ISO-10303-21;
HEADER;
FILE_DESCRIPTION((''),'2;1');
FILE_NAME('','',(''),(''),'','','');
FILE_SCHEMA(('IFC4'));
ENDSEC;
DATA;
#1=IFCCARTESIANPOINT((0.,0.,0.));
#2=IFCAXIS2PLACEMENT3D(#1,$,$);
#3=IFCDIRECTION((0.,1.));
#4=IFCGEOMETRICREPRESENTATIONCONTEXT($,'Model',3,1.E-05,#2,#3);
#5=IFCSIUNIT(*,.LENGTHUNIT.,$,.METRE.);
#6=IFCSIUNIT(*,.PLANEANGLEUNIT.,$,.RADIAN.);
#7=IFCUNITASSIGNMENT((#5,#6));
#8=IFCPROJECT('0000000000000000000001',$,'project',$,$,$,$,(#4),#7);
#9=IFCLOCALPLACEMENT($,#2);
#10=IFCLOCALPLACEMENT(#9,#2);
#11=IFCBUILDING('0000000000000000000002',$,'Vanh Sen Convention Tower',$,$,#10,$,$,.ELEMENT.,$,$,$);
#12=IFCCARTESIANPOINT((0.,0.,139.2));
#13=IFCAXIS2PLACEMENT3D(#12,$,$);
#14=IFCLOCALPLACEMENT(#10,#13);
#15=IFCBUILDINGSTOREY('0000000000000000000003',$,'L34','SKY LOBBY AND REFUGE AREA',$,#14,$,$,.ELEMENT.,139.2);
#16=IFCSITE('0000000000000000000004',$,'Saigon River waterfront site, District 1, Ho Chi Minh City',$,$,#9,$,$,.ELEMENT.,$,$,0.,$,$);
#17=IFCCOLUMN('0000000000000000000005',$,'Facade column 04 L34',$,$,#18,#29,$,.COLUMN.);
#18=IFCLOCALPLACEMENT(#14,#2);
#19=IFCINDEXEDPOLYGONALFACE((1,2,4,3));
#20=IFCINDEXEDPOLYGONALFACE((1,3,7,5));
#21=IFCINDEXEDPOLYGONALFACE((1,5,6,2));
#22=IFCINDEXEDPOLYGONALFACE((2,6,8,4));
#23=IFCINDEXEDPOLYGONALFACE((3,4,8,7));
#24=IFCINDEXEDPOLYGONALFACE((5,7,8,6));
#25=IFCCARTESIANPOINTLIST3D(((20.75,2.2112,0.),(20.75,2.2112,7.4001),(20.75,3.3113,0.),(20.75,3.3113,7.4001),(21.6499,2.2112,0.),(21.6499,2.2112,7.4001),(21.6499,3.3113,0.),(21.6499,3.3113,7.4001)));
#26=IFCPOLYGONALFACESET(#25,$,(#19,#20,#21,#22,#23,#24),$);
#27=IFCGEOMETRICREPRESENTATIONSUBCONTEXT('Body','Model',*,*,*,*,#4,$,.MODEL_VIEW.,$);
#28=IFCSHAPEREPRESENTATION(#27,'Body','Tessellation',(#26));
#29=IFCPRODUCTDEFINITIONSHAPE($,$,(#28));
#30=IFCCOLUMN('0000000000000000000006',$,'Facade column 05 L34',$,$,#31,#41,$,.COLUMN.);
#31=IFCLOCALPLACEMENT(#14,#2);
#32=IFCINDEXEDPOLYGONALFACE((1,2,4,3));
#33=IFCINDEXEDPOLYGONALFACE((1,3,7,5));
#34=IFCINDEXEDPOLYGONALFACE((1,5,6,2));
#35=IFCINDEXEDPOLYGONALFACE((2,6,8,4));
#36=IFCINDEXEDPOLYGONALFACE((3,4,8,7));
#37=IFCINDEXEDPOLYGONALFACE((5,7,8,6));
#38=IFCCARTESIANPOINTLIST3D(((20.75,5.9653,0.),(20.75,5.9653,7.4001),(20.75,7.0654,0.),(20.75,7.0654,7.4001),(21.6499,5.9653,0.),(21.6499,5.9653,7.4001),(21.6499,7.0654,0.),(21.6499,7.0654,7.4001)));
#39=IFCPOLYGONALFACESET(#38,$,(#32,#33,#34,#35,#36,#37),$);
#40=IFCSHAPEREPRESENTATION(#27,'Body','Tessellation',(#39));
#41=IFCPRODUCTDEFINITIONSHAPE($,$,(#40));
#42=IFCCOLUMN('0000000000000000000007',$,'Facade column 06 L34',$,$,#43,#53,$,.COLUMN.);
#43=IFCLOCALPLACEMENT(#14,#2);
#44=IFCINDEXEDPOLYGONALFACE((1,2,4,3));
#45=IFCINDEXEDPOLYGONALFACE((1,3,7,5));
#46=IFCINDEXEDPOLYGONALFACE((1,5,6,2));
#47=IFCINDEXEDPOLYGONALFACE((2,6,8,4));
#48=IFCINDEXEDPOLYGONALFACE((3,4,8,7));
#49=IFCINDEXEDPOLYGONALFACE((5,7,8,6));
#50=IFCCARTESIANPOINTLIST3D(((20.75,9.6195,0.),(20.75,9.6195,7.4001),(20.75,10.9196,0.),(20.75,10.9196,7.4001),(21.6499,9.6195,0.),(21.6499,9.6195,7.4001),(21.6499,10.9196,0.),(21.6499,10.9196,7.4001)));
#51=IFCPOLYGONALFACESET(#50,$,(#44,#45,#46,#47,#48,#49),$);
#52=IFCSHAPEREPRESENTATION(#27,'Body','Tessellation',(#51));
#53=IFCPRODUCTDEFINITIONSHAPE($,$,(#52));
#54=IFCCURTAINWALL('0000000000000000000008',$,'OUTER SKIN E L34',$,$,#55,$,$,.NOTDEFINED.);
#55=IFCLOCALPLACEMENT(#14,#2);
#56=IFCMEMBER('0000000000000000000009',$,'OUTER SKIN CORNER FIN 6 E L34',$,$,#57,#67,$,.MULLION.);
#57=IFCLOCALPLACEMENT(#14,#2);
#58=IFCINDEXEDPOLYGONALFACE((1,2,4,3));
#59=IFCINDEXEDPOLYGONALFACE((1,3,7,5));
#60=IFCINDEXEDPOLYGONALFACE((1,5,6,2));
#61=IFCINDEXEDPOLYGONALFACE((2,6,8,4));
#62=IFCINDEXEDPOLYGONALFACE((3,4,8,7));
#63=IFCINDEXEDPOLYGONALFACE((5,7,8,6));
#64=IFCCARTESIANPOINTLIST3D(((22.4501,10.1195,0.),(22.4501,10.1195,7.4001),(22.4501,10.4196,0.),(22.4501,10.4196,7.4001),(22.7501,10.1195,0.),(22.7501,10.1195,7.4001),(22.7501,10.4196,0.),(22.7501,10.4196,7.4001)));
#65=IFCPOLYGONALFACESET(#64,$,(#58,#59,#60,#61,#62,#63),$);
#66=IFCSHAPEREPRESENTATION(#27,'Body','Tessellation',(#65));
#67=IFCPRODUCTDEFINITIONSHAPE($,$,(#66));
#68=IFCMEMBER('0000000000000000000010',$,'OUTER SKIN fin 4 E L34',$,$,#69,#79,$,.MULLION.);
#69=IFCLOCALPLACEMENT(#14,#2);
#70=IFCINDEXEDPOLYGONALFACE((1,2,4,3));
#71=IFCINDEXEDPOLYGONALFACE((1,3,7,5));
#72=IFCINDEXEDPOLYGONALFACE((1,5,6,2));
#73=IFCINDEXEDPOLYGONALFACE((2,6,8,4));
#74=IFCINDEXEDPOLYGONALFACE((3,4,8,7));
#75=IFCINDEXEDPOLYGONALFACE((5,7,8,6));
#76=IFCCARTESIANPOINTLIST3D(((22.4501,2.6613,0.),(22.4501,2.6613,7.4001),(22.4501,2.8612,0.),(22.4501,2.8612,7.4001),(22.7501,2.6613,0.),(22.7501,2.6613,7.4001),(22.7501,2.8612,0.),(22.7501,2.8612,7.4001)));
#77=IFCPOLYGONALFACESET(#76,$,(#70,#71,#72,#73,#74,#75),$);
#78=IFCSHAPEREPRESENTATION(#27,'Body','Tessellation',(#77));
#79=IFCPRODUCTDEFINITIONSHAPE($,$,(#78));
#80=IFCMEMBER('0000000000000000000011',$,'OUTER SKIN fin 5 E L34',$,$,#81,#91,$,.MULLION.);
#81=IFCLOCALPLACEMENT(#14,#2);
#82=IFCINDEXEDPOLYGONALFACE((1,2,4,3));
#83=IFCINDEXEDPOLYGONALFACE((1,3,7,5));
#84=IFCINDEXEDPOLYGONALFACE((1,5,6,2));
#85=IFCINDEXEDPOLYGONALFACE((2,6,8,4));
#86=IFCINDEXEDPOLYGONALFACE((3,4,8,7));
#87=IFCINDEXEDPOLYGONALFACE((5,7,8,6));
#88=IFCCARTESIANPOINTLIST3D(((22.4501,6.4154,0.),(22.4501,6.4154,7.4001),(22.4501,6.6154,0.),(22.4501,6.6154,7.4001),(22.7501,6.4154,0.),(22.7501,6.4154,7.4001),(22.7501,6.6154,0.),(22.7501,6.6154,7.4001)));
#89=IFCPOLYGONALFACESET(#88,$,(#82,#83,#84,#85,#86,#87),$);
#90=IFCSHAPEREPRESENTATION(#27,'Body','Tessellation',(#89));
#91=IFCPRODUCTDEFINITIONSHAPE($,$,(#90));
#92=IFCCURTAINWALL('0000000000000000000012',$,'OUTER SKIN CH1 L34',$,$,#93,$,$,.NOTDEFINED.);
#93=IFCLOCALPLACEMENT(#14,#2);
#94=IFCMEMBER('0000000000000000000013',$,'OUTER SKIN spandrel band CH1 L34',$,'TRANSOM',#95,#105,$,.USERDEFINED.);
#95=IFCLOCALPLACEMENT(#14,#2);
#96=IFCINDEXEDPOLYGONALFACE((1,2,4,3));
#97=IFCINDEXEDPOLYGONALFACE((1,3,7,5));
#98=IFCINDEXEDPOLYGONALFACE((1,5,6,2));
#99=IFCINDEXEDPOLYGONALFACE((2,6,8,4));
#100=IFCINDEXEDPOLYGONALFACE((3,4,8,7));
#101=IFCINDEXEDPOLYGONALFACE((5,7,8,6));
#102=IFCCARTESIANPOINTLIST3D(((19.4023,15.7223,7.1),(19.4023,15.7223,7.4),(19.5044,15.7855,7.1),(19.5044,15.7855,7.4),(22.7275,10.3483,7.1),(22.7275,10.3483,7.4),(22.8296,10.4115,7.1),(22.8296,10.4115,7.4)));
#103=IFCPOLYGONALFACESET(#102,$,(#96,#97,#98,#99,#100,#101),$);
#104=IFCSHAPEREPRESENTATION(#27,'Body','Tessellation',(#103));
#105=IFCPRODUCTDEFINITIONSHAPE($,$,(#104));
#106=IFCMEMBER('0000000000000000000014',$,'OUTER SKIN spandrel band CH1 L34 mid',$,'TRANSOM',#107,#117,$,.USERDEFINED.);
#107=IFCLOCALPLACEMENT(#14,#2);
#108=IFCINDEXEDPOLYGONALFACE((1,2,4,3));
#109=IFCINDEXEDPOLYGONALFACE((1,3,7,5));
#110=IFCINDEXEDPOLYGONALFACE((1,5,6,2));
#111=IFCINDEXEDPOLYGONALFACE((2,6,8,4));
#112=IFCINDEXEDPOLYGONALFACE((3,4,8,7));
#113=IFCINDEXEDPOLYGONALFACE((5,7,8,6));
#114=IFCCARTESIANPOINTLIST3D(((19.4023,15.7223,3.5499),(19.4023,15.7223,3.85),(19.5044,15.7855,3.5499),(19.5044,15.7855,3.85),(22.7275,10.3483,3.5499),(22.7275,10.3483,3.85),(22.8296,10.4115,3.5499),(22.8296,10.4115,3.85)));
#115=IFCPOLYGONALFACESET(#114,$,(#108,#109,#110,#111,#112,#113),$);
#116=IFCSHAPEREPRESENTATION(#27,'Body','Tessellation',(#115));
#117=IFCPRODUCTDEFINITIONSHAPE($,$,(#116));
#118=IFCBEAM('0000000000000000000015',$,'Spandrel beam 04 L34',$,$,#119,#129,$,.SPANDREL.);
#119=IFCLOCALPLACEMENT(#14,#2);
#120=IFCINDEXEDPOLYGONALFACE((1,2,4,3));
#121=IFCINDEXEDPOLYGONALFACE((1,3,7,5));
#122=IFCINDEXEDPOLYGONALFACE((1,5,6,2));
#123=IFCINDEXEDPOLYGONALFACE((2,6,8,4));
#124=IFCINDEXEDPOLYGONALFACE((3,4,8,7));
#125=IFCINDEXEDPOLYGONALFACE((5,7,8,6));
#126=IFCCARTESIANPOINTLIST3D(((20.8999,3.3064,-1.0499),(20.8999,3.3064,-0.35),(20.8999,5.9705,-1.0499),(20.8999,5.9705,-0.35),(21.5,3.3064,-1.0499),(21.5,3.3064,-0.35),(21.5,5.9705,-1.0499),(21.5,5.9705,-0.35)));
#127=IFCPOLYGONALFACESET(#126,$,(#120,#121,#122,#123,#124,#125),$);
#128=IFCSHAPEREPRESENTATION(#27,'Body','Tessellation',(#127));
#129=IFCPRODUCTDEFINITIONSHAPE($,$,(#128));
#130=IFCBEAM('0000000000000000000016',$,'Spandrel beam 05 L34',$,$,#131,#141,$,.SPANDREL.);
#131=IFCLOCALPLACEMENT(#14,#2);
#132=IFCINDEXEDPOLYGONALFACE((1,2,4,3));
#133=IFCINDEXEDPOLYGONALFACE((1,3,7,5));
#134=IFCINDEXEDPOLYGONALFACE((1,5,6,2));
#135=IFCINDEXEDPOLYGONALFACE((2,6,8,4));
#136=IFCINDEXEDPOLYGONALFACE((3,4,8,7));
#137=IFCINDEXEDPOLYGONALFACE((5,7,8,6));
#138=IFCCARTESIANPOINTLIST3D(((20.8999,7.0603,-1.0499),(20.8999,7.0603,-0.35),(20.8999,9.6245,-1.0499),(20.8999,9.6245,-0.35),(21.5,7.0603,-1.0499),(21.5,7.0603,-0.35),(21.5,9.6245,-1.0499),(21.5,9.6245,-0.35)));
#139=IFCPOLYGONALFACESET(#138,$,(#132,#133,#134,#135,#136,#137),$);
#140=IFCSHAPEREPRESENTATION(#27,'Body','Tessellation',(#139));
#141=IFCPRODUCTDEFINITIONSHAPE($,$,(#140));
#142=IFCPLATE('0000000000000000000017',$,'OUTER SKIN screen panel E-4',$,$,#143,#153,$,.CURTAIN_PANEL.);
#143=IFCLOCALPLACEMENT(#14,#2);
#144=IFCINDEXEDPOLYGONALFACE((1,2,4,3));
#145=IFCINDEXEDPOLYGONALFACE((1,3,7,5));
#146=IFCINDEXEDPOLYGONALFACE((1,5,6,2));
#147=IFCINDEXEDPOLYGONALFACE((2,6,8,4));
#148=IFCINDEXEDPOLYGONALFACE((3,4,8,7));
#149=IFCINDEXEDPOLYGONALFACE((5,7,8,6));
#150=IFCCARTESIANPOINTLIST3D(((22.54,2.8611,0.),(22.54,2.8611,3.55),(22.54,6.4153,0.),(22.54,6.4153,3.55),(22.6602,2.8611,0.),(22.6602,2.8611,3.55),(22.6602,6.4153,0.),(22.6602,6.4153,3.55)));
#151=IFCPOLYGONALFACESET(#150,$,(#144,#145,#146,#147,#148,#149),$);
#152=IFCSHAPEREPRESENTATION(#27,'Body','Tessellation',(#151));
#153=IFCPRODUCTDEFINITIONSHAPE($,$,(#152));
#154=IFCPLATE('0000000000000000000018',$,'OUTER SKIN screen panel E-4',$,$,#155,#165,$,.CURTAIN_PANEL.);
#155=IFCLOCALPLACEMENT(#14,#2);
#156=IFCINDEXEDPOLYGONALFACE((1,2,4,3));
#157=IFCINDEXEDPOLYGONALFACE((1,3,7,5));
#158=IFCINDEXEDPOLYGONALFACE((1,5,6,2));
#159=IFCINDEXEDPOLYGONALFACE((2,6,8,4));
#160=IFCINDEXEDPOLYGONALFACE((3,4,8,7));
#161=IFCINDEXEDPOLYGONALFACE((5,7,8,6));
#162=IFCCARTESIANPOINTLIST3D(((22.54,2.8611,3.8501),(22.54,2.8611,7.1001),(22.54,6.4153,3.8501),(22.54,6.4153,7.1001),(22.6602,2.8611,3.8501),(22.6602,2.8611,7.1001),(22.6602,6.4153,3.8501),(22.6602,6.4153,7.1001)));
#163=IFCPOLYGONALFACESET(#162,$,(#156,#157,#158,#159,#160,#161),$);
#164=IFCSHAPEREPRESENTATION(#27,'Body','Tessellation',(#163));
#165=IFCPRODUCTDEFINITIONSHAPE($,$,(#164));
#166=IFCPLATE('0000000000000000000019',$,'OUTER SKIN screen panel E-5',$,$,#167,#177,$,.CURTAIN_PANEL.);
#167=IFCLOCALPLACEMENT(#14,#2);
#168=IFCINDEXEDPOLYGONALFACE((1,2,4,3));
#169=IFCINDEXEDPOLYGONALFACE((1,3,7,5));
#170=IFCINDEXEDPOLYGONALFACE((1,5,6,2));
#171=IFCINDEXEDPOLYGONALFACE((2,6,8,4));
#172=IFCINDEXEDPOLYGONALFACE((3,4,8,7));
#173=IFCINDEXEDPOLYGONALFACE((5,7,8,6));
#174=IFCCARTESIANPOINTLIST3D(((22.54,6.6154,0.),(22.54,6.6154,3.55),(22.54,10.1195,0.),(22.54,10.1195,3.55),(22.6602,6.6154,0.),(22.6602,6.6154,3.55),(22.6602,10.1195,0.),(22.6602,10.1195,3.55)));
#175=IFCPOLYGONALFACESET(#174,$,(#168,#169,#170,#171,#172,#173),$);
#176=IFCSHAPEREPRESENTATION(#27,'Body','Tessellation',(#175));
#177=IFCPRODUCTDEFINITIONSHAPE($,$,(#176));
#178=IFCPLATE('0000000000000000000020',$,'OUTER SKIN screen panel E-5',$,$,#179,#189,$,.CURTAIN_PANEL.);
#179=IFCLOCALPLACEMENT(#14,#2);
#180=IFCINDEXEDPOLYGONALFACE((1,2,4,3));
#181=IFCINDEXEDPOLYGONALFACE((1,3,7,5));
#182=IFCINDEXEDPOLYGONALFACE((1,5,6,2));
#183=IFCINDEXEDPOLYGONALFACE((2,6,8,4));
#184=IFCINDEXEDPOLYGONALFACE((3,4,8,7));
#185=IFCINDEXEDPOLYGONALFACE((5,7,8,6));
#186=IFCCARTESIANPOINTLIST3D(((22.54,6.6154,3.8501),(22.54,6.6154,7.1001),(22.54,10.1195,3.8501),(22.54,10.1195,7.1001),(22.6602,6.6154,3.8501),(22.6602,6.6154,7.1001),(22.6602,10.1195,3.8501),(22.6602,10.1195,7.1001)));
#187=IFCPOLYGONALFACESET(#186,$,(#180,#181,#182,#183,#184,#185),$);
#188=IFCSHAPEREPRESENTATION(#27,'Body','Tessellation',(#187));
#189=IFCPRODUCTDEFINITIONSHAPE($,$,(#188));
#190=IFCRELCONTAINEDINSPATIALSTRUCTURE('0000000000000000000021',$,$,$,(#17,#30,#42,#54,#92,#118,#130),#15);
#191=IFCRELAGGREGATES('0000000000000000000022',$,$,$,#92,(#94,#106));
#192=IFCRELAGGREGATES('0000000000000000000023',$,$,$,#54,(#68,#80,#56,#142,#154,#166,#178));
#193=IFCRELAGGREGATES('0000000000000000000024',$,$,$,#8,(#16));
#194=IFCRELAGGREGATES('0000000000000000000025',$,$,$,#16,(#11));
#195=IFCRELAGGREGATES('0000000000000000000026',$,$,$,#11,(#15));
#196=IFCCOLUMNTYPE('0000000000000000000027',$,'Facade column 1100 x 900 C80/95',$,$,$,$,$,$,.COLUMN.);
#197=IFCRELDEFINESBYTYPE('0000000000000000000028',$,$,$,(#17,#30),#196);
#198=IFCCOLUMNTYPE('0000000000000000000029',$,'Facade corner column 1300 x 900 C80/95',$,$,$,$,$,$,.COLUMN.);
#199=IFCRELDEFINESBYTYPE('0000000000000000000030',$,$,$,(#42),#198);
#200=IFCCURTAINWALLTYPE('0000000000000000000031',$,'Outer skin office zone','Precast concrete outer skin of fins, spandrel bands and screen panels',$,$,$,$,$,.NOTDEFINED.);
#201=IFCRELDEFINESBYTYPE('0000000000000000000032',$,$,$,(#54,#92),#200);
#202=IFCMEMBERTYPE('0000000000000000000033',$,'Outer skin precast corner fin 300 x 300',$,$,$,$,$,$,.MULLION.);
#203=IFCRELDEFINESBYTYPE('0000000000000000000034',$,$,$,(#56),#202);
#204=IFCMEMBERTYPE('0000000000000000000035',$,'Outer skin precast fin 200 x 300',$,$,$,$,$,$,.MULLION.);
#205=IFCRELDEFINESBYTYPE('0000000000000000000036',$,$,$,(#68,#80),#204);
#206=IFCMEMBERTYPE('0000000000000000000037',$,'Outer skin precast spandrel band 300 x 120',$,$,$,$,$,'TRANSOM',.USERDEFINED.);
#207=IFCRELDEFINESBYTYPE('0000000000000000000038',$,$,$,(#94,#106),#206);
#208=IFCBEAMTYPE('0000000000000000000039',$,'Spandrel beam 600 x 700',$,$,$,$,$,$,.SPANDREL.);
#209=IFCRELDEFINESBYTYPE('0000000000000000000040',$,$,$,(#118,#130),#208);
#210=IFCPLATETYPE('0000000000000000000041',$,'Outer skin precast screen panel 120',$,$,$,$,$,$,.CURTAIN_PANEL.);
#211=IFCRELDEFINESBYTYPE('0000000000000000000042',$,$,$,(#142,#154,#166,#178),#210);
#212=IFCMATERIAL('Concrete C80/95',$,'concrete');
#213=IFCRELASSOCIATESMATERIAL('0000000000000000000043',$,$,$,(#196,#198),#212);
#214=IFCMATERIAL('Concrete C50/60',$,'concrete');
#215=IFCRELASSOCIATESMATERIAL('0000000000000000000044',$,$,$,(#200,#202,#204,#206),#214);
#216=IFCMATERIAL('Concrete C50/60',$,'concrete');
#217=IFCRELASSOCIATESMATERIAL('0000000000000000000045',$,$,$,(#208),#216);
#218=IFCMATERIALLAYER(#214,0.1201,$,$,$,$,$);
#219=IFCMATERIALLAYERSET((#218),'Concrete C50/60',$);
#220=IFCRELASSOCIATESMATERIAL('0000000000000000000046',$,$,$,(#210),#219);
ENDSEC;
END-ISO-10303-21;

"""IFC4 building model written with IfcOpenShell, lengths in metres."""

from ifc_helpers import new_model, si_unit, direction, frame, origin, origin_2d, place, context, subcontext, project, spatial, rectangle, extrude, material, layer, layer_set, material_profile, profile_set, type_object, element, aggregate, save


model = new_model("IFC4")

# Units and contexts
model_context = context("Model", 3, precision=1e-05, world=origin(), true_north=direction((0.0, 1.0)))
body_context = subcontext(model_context, "Body", "Model", "MODEL_VIEW")
ifc_project = project(units=[si_unit("LENGTHUNIT", "METRE"), si_unit("PLANEANGLEUNIT", "RADIAN")], contexts=[model_context])

# Site, building, storey
site_placement = place(None, origin())
site = spatial("IfcSite", under=ifc_project, at=site_placement, Name="Saigon River waterfront site, District 1, Ho Chi Minh City", CompositionType="ELEMENT", RefElevation=0.0)
building_placement = place(site_placement, origin())
building = spatial("IfcBuilding", under=site, at=building_placement, Name="Vanh Sen Convention Tower", CompositionType="ELEMENT")
storey_placement = place(building_placement, frame((0.0, 0.0, 139.2)))
storey = spatial("IfcBuildingStorey", under=building, at=storey_placement, Name="L34", Description="SKY LOBBY AND REFUGE AREA", CompositionType="ELEMENT", Elevation=139.2)

# Columns
ifc_material_1 = material(Name="Concrete C80/95", Category="concrete")
ifc_material_profile_1 = material_profile(ifc_material_1, rectangle(XDim=1.1001, YDim=0.8999, at=origin_2d()), Name="RC 1100X900")
ifc_profile_set_1 = profile_set([ifc_material_profile_1], Name="Concrete C80/95")
column_type_1 = type_object("IfcColumnType", Name="Facade column 1100 x 900 C80/95", PredefinedType="COLUMN", material=ifc_profile_set_1)
for number, where, z_axis, x_axis, name in (
    (1, (21.2, 2.7612, 0.0), (0.0, 0.0, 1.0), (0.0, 1.0, 0.0), "Facade column 04 L34"),
    (2, (21.2, 6.5154, 0.0), (0.0, 0.0, 1.0), (0.0, 1.0, 0.0), "Facade column 05 L34"),
):
    element("IfcColumn", number, at=place(storey_placement, frame(where, z_axis=z_axis, x_axis=x_axis)), inside=storey, type_object=column_type_1, Name=name, PredefinedType="COLUMN", context=body_context, shape_type="SweptSolid", body=[
        extrude(rectangle(XDim=1.1001, YDim=0.8999, at=origin_2d()), origin(), (0.0, 0.0, 1.0), 7.4001),
    ])
ifc_material_profile_2 = material_profile(ifc_material_1, rectangle(XDim=1.3, YDim=0.8999, at=origin_2d()), Name="RC 1300X900")
ifc_profile_set_2 = profile_set([ifc_material_profile_2], Name="Concrete C80/95")
column_type_2 = type_object("IfcColumnType", Name="Facade corner column 1300 x 900 C80/95", PredefinedType="COLUMN", material=ifc_profile_set_2)
column_placement = place(storey_placement, frame((21.2, 10.2695, 0.0), z_axis=(0.0, 0.0, 1.0), x_axis=(0.0, 1.0, 0.0)))
element("IfcColumn", 3, at=column_placement, inside=storey, type_object=column_type_2, Name="Facade column 06 L34", PredefinedType="COLUMN", context=body_context, shape_type="SweptSolid", body=[
    extrude(rectangle(XDim=1.3, YDim=0.8999, at=origin_2d()), origin(), (0.0, 0.0, 1.0), 7.4001),
])

# Curtain walls, members
ifc_material_2 = material(Name="Concrete C50/60", Category="concrete")
curtain_wall_type = type_object("IfcCurtainWallType", Name="Outer skin office zone", Description="Precast concrete outer skin of fins, spandrel bands and screen panels", PredefinedType="NOTDEFINED", material=ifc_material_2)
curtain_wall_1_placement = place(storey_placement, origin())
curtain_wall_1 = element("IfcCurtainWall", 4, at=curtain_wall_1_placement, inside=storey, type_object=curtain_wall_type, Name="OUTER SKIN E L34", PredefinedType="NOTDEFINED")
ifc_material_profile_3 = material_profile(ifc_material_2, rectangle(XDim=0.3, YDim=0.3, at=origin_2d()), Name="Outer skin precast corner fin 300 x 300")
ifc_profile_set_3 = profile_set([ifc_material_profile_3], Name="Concrete C50/60")
member_type_1 = type_object("IfcMemberType", Name="Outer skin precast corner fin 300 x 300", PredefinedType="MULLION", material=ifc_profile_set_3)
member_1_placement = place(storey_placement, frame((22.6001, 10.2695, 0.0), z_axis=(0.0, 0.0, 1.0), x_axis=(0.0, 1.0, 0.0)))
member_1 = element("IfcMember", 5, at=member_1_placement, type_object=member_type_1, Name="OUTER SKIN CORNER FIN 6 E L34", PredefinedType="MULLION", context=body_context, shape_type="SweptSolid", body=[
    extrude(rectangle(XDim=0.3, YDim=0.3, at=origin_2d()), origin(), (0.0, 0.0, 1.0), 7.4001),
])
ifc_material_profile_4 = material_profile(ifc_material_2, rectangle(XDim=0.2, YDim=0.3, at=origin_2d()), Name="Outer skin precast fin 200 x 300")
ifc_profile_set_4 = profile_set([ifc_material_profile_4], Name="Concrete C50/60")
member_type_2 = type_object("IfcMemberType", Name="Outer skin precast fin 200 x 300", PredefinedType="MULLION", material=ifc_profile_set_4)
member_2_placement = place(storey_placement, frame((22.6001, 2.7612, 0.0), z_axis=(0.0, 0.0, 1.0), x_axis=(0.0, 1.0, 0.0)))
member_2 = element("IfcMember", 6, at=member_2_placement, type_object=member_type_2, Name="OUTER SKIN fin 4 E L34", PredefinedType="MULLION", context=body_context, shape_type="SweptSolid", body=[
    extrude(rectangle(XDim=0.2, YDim=0.3, at=origin_2d()), origin(), (0.0, 0.0, 1.0), 7.4001),
])
member_3_placement = place(storey_placement, frame((22.6001, 6.5154, 0.0), z_axis=(0.0, 0.0, 1.0), x_axis=(0.0, 1.0, 0.0)))
member_3 = element("IfcMember", 7, at=member_3_placement, type_object=member_type_2, Name="OUTER SKIN fin 5 E L34", PredefinedType="MULLION", context=body_context, shape_type="SweptSolid", body=[
    extrude(rectangle(XDim=0.2, YDim=0.3, at=origin_2d()), origin(), (0.0, 0.0, 1.0), 7.4001),
])
curtain_wall_2_placement = place(storey_placement, origin())
curtain_wall_2 = element("IfcCurtainWall", 8, at=curtain_wall_2_placement, inside=storey, type_object=curtain_wall_type, Name="OUTER SKIN CH1 L34", PredefinedType="NOTDEFINED")
ifc_material_profile_5 = material_profile(ifc_material_2, rectangle(XDim=0.1201, YDim=0.3, at=origin_2d()), Name="Outer skin precast spandrel band 300 x 120")
ifc_profile_set_5 = profile_set([ifc_material_profile_5], Name="Concrete C50/60")
member_type_3 = type_object("IfcMemberType", Name="Outer skin precast spandrel band 300 x 120", ElementType="TRANSOM", PredefinedType="USERDEFINED", material=ifc_profile_set_5)
member_4_placement = place(storey_placement, frame((22.7786, 10.3799, 7.25), z_axis=(-0.526174, 0.850377, 0.0), x_axis=(-0.850377, -0.526174, 0.0)))
member_4 = element("IfcMember", 9, at=member_4_placement, type_object=member_type_3, Name="OUTER SKIN spandrel band CH1 L34", ObjectType="TRANSOM", PredefinedType="USERDEFINED", context=body_context, shape_type="SweptSolid", body=[
    extrude(rectangle(XDim=0.1201, YDim=0.3, at=origin_2d()), origin(), (0.0, 0.0, 1.0), 6.3196),
])
member_5_placement = place(storey_placement, frame((22.7786, 10.3799, 3.7), z_axis=(-0.526174, 0.850377, 0.0), x_axis=(-0.850377, -0.526174, 0.0)))
member_5 = element("IfcMember", 10, at=member_5_placement, type_object=member_type_3, Name="OUTER SKIN spandrel band CH1 L34 mid", ObjectType="TRANSOM", PredefinedType="USERDEFINED", context=body_context, shape_type="SweptSolid", body=[
    extrude(rectangle(XDim=0.1201, YDim=0.3, at=origin_2d()), origin(), (0.0, 0.0, 1.0), 6.3196),
])
aggregate(curtain_wall_2, [member_4, member_5])

# Beams
ifc_material_3 = material(Name="Concrete C50/60", Category="concrete")
ifc_material_profile_6 = material_profile(ifc_material_3, rectangle(XDim=0.6001, YDim=0.7, at=origin_2d()), Name="RC 600X700")
ifc_profile_set_6 = profile_set([ifc_material_profile_6], Name="Concrete C50/60")
beam_type = type_object("IfcBeamType", Name="Spandrel beam 600 x 700", PredefinedType="SPANDREL", material=ifc_profile_set_6)
beam_1_placement = place(storey_placement, frame((21.2, 3.3064, -0.7), z_axis=(0.0, 1.0, 0.0), x_axis=(-1.0, 0.0, 0.0)))
element("IfcBeam", 11, at=beam_1_placement, inside=storey, type_object=beam_type, Name="Spandrel beam 04 L34", PredefinedType="SPANDREL", context=body_context, shape_type="SweptSolid", body=[
    extrude(rectangle(XDim=0.6001, YDim=0.7, at=origin_2d()), origin(), (0.0, 0.0, 1.0), 2.6641),
])
beam_2_placement = place(storey_placement, frame((21.2, 7.0603, -0.7), z_axis=(0.0, 1.0, 0.0), x_axis=(-1.0, 0.0, 0.0)))
element("IfcBeam", 12, at=beam_2_placement, inside=storey, type_object=beam_type, Name="Spandrel beam 05 L34", PredefinedType="SPANDREL", context=body_context, shape_type="SweptSolid", body=[
    extrude(rectangle(XDim=0.6001, YDim=0.7, at=origin_2d()), origin(), (0.0, 0.0, 1.0), 2.5642),
])

# Plates
ifc_layer_1 = layer(ifc_material_2, 0.1201)
ifc_layer_set_1 = layer_set([ifc_layer_1], Name="Concrete C50/60")
plate_type = type_object("IfcPlateType", Name="Outer skin precast screen panel 120", PredefinedType="CURTAIN_PANEL", material=ifc_layer_set_1)
plate_1_placement = place(storey_placement, frame((22.6001, 4.6382, 0.0), z_axis=(0.0, 0.0, 1.0), x_axis=(0.0, 1.0, 0.0)))
plate_1 = element("IfcPlate", 13, at=plate_1_placement, type_object=plate_type, Name="OUTER SKIN screen panel E-4", PredefinedType="CURTAIN_PANEL", context=body_context, shape_type="SweptSolid", body=[
    extrude(rectangle(XDim=3.5542, YDim=0.1201, at=origin_2d()), origin(), (0.0, 0.0, 1.0), 3.55),
])
plate_2_placement = place(storey_placement, frame((22.6001, 4.6382, 3.8501), z_axis=(0.0, 0.0, 1.0), x_axis=(0.0, 1.0, 0.0)))
plate_2 = element("IfcPlate", 14, at=plate_2_placement, type_object=plate_type, Name="OUTER SKIN screen panel E-4", PredefinedType="CURTAIN_PANEL", context=body_context, shape_type="SweptSolid", body=[
    extrude(rectangle(XDim=3.5542, YDim=0.1201, at=origin_2d()), origin(), (0.0, 0.0, 1.0), 3.25),
])
plate_3_placement = place(storey_placement, frame((22.6001, 8.3674, 0.0), z_axis=(0.0, 0.0, 1.0), x_axis=(0.0, 1.0, 0.0)))
plate_3 = element("IfcPlate", 15, at=plate_3_placement, type_object=plate_type, Name="OUTER SKIN screen panel E-5", PredefinedType="CURTAIN_PANEL", context=body_context, shape_type="SweptSolid", body=[
    extrude(rectangle(XDim=3.5042, YDim=0.1201, at=origin_2d()), origin(), (0.0, 0.0, 1.0), 3.55),
])
plate_4_placement = place(storey_placement, frame((22.6001, 8.3674, 3.8501), z_axis=(0.0, 0.0, 1.0), x_axis=(0.0, 1.0, 0.0)))
plate_4 = element("IfcPlate", 16, at=plate_4_placement, type_object=plate_type, Name="OUTER SKIN screen panel E-5", PredefinedType="CURTAIN_PANEL", context=body_context, shape_type="SweptSolid", body=[
    extrude(rectangle(XDim=3.5042, YDim=0.1201, at=origin_2d()), origin(), (0.0, 0.0, 1.0), 3.25),
])
aggregate(curtain_wall_1, [member_2, member_3, member_1, plate_1, plate_2, plate_3, plate_4])

save(model, "model.ifc")
